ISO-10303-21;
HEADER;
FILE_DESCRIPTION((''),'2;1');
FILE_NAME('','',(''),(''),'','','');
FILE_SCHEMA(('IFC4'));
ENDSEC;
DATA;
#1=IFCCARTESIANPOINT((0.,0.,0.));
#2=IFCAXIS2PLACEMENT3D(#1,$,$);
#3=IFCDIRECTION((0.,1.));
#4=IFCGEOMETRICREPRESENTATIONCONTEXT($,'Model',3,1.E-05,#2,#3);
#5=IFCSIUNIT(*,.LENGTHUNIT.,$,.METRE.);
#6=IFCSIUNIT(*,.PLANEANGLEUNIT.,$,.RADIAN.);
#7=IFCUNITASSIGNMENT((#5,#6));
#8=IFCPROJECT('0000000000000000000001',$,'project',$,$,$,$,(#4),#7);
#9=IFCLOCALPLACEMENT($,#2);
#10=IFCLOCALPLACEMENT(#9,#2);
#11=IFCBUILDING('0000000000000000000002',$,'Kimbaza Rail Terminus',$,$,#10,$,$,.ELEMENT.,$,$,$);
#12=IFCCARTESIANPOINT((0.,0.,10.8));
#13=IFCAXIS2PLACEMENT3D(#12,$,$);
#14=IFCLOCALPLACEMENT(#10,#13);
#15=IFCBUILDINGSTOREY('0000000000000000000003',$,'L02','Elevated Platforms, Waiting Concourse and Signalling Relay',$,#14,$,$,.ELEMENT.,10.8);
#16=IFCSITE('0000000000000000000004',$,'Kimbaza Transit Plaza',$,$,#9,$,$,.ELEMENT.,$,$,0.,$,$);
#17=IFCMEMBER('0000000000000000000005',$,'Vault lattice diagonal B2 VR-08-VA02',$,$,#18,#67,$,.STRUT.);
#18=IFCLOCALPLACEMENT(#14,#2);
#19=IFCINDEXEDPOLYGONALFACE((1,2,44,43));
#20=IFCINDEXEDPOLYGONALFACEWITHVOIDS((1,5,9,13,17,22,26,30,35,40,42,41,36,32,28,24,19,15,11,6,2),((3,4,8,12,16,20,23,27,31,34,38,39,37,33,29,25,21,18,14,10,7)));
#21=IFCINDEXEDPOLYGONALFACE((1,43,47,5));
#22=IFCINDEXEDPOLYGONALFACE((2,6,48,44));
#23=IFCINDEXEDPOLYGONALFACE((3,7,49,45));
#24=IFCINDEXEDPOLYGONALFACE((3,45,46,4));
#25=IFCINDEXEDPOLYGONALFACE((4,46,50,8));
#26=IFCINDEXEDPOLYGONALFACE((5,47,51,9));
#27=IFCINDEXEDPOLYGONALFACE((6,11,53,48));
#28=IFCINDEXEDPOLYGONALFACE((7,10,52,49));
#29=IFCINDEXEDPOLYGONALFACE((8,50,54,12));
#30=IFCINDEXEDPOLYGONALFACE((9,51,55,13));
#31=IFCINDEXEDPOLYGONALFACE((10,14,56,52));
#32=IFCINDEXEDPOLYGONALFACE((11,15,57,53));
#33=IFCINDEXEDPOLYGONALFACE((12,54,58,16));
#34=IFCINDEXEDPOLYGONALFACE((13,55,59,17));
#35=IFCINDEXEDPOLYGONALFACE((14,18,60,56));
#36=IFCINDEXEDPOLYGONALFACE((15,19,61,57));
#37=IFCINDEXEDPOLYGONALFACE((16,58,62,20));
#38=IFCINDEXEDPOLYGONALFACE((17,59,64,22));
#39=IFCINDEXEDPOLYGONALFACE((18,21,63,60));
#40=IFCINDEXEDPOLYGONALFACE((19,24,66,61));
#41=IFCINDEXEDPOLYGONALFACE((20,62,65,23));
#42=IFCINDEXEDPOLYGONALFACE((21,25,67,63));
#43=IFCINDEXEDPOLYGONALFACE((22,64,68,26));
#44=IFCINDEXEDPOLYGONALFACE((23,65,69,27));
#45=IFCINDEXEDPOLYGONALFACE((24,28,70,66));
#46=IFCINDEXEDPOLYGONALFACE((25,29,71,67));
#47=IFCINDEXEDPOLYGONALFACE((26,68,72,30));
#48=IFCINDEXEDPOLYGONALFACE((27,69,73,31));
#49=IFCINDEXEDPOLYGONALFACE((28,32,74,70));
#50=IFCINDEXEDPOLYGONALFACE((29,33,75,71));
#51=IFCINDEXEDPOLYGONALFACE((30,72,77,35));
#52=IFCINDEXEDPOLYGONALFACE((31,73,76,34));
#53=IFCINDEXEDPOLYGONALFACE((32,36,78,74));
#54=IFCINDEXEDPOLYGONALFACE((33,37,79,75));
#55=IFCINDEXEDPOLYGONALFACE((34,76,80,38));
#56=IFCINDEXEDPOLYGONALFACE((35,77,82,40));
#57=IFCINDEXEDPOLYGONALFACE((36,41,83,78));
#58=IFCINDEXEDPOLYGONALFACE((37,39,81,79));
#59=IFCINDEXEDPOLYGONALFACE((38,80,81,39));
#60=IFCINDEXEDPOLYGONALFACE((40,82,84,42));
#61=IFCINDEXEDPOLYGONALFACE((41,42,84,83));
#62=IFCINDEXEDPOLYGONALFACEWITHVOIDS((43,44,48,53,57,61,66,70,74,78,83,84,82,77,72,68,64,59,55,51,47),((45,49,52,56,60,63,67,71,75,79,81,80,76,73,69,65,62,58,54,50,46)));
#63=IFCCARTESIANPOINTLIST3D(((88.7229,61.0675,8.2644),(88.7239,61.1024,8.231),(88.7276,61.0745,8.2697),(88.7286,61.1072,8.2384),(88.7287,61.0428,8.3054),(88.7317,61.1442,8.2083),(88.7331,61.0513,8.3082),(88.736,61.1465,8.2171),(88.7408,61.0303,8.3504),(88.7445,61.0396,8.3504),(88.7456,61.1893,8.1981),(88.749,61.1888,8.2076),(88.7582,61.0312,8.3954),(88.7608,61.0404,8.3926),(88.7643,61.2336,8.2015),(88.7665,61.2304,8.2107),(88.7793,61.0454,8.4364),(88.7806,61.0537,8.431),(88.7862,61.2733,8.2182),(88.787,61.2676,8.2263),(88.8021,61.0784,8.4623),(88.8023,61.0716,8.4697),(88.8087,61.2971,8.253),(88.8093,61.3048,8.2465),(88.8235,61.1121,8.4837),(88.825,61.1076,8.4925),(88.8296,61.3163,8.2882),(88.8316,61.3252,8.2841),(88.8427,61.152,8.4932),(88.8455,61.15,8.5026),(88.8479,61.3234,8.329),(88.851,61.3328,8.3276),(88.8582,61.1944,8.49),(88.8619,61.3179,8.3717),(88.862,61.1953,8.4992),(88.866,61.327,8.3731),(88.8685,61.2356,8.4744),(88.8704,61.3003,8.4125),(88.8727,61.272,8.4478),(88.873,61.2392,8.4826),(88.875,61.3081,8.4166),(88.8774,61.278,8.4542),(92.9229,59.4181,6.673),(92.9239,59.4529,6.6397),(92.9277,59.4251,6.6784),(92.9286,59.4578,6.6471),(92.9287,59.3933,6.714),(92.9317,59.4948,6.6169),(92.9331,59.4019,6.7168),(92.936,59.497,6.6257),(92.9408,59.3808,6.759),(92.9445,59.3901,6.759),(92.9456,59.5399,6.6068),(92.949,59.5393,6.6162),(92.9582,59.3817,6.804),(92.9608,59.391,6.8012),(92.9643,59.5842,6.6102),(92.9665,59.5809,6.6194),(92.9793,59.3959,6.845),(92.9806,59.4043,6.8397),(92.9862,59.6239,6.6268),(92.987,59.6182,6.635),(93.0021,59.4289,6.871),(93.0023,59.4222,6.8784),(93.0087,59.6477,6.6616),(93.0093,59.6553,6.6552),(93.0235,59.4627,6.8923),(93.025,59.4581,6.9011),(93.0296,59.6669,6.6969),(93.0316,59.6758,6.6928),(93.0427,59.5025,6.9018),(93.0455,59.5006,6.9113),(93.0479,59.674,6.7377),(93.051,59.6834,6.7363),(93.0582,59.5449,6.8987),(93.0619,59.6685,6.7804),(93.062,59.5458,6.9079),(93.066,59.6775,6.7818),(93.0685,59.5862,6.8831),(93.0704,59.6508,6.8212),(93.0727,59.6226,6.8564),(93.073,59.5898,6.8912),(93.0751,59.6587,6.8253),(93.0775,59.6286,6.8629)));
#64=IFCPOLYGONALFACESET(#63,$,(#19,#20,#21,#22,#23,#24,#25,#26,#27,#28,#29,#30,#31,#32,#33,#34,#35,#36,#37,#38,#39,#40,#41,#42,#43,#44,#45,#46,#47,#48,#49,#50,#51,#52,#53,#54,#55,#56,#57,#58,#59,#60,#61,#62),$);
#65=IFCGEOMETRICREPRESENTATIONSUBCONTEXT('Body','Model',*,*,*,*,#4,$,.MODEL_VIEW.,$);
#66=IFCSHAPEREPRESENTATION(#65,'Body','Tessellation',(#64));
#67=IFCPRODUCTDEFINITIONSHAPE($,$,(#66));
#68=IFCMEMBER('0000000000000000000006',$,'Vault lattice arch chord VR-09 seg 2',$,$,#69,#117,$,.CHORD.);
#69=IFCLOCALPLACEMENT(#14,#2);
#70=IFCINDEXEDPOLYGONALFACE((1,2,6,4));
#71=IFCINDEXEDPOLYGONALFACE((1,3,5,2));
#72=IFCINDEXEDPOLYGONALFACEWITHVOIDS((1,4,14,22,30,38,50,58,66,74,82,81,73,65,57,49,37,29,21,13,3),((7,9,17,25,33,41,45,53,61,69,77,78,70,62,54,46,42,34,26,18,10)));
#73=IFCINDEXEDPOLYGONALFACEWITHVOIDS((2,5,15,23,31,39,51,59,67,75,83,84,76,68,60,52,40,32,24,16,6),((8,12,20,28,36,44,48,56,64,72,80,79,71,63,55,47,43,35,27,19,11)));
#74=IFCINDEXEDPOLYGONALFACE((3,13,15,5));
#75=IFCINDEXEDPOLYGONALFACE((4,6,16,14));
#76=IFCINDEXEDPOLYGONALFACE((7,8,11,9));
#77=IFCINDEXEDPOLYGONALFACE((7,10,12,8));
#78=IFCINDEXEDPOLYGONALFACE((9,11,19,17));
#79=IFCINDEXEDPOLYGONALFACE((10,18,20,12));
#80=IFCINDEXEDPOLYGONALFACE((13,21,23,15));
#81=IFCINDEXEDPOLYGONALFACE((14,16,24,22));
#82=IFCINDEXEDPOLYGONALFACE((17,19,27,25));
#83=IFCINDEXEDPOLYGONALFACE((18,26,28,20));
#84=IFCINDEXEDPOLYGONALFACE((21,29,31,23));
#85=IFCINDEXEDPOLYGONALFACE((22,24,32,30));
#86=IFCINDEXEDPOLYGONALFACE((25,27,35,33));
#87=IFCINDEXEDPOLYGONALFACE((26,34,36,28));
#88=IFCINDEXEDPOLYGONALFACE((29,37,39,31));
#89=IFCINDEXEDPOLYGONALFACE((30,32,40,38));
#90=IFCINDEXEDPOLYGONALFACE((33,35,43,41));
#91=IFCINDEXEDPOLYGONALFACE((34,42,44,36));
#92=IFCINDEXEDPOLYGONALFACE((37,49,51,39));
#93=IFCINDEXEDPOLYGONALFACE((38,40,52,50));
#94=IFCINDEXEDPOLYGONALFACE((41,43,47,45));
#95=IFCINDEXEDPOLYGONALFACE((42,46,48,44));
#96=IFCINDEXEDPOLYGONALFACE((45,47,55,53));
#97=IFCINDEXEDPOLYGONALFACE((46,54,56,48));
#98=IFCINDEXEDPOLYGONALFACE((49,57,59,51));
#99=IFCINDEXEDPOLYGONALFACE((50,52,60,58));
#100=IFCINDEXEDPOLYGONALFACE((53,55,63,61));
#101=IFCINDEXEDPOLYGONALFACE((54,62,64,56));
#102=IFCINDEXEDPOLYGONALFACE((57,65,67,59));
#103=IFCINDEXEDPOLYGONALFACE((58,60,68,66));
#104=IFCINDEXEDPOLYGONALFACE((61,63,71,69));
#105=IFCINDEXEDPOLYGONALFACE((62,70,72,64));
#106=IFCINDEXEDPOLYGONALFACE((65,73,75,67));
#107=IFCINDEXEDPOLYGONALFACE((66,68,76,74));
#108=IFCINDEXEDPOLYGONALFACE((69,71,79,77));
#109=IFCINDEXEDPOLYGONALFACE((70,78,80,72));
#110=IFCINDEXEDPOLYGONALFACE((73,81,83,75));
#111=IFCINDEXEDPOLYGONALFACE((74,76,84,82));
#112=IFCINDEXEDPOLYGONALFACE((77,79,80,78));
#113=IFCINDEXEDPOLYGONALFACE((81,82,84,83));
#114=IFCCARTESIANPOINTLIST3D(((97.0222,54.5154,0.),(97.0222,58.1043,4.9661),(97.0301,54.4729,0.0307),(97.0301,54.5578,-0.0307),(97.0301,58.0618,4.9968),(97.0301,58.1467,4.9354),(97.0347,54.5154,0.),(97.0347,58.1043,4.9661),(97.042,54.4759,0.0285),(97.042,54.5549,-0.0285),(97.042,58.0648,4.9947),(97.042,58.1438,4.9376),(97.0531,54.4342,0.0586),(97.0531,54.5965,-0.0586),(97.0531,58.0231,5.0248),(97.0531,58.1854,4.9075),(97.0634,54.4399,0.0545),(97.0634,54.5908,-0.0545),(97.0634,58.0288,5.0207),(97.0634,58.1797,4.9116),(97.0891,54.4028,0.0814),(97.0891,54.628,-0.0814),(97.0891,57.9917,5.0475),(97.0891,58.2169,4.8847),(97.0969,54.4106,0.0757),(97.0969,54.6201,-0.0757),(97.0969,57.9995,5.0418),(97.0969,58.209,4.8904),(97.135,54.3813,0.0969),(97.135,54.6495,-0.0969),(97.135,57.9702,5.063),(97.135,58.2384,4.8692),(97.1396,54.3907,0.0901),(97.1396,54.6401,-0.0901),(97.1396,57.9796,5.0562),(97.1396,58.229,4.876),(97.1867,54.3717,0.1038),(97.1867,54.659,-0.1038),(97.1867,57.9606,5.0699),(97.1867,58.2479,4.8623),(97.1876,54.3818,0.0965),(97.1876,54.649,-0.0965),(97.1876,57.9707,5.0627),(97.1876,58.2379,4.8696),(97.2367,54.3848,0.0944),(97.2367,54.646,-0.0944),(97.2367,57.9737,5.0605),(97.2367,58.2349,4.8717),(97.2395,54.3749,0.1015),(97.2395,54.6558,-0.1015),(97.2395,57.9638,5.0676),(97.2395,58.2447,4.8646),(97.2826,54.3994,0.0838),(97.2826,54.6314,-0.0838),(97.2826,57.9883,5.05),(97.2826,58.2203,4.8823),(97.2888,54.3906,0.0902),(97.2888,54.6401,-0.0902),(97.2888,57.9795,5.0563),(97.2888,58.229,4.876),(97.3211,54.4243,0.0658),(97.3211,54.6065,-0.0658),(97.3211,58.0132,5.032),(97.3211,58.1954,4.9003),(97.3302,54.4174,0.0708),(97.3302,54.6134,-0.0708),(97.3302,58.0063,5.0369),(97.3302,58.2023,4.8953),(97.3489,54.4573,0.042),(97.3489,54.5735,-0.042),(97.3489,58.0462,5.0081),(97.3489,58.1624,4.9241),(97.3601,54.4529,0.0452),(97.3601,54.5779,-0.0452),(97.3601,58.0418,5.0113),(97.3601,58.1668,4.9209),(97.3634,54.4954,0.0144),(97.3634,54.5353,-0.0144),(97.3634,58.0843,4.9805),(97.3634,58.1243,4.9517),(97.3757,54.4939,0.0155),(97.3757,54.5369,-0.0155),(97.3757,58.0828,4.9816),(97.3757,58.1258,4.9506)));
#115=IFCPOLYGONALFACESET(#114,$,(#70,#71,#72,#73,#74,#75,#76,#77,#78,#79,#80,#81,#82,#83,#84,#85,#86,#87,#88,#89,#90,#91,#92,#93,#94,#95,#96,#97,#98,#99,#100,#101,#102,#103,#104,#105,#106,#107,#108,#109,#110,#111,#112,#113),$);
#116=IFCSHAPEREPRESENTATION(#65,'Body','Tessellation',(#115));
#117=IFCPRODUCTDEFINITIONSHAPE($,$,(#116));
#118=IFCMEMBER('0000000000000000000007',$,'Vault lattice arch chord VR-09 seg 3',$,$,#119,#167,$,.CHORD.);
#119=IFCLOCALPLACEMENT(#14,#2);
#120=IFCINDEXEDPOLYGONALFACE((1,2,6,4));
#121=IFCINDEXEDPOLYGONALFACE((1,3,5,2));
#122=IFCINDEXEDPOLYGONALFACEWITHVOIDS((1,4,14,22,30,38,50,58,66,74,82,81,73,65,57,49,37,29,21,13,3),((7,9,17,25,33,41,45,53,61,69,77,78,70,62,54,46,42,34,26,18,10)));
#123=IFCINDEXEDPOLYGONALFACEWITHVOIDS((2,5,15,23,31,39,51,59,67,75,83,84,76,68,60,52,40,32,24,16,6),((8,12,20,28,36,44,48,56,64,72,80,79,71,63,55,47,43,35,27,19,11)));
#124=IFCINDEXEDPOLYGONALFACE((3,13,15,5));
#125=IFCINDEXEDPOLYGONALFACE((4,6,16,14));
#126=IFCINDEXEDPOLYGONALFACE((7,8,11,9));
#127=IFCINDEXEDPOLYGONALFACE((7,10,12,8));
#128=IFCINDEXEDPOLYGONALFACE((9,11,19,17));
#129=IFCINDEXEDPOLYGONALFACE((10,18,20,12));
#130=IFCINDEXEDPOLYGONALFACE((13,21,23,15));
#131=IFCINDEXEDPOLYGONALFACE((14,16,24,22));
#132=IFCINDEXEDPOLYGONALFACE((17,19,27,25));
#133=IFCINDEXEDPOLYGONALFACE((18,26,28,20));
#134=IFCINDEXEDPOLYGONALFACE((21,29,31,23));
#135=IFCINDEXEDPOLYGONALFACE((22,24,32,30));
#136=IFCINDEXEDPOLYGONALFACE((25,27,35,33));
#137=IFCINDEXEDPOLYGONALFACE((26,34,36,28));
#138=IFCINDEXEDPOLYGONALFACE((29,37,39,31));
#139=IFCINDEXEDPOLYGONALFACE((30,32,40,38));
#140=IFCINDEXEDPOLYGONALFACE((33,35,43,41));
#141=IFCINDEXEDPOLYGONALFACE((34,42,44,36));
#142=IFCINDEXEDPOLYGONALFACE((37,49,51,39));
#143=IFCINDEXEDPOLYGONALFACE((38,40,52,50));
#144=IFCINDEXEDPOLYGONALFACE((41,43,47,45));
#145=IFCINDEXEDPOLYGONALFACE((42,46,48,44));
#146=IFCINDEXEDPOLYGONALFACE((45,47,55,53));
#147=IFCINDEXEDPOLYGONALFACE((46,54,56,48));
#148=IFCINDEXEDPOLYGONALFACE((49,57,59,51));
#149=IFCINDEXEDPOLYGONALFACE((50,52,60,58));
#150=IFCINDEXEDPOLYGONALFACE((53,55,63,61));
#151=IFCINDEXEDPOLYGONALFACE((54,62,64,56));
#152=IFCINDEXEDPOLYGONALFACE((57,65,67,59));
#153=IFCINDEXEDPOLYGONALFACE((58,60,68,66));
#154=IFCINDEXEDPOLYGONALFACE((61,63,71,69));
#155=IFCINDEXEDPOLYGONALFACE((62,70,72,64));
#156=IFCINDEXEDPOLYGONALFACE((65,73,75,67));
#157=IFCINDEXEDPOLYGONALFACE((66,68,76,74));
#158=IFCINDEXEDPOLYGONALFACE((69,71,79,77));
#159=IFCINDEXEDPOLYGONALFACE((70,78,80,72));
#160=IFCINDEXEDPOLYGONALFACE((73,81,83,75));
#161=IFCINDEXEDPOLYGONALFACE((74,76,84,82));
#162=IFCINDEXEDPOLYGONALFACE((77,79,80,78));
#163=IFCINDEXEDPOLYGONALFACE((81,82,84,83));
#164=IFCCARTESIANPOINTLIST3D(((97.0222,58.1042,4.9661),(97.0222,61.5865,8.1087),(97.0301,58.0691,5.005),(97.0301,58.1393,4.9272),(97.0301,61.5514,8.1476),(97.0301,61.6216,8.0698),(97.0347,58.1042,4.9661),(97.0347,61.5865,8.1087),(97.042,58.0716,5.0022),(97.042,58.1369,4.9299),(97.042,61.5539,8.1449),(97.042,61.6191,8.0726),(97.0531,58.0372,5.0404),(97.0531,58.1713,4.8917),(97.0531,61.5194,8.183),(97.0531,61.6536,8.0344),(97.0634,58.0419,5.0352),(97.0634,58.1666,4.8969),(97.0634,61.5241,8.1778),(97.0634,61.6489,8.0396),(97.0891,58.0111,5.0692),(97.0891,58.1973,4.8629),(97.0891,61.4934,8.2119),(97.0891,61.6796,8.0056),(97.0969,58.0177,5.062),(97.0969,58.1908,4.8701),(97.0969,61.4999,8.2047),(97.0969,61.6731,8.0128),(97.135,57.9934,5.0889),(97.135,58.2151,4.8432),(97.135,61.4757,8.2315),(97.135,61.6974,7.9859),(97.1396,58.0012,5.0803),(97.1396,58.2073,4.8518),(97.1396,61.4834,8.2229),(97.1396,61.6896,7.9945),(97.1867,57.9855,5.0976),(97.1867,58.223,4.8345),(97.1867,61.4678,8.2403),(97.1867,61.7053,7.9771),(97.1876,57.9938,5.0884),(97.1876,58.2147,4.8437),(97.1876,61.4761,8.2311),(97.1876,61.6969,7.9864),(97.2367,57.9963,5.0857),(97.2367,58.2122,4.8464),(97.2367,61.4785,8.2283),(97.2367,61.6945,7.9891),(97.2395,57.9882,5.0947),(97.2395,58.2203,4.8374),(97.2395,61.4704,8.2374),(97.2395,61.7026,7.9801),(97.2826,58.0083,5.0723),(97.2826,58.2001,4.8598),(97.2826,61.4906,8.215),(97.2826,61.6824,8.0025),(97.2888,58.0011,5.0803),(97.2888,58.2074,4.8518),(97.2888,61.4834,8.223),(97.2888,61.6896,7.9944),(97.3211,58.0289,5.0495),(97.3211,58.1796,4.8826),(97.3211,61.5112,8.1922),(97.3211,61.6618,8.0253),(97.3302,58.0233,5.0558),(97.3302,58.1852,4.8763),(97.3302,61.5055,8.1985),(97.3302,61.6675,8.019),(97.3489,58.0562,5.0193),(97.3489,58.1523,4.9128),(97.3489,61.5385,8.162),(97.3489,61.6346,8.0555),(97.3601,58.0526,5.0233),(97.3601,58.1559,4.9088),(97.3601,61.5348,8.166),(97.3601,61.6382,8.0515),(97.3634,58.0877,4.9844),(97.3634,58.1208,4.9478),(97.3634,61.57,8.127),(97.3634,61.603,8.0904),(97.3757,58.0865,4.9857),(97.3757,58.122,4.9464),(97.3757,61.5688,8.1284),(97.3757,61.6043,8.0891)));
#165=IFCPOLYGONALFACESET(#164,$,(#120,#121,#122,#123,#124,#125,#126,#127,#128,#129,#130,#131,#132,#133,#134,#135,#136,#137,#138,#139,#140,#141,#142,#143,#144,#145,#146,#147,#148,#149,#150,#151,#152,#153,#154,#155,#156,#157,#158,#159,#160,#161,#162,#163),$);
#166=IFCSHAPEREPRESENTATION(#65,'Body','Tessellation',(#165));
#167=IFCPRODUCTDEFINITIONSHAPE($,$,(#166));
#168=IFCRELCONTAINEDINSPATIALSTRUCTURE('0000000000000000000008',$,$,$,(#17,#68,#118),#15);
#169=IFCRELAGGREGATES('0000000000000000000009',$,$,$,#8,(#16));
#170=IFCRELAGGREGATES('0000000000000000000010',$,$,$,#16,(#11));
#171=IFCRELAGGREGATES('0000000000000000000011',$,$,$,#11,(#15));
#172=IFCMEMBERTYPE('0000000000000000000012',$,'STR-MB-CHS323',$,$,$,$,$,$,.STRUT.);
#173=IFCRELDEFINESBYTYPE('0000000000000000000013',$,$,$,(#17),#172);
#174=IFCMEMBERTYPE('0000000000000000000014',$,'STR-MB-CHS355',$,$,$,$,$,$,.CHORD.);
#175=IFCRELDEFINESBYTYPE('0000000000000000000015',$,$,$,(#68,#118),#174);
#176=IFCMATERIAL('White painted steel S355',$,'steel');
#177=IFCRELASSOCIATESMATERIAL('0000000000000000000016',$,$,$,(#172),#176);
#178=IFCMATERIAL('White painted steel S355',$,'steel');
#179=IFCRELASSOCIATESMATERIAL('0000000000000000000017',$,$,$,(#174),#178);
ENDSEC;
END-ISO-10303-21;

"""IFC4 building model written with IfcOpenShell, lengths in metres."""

from ifc_helpers import new_model, si_unit, direction, frame, origin, origin_2d, place, context, subcontext, project, spatial, hollow_circle, extrude, material, material_profile, profile_set, type_object, element, save


model = new_model("IFC4")

# Units and contexts
model_context = context("Model", 3, precision=1e-05, world=origin(), true_north=direction((0.0, 1.0)))
body_context = subcontext(model_context, "Body", "Model", "MODEL_VIEW")
ifc_project = project(units=[si_unit("LENGTHUNIT", "METRE"), si_unit("PLANEANGLEUNIT", "RADIAN")], contexts=[model_context])

# Site, building, storey
site_placement = place(None, origin())
site = spatial("IfcSite", under=ifc_project, at=site_placement, Name="Kimbaza Transit Plaza", CompositionType="ELEMENT", RefElevation=0.0)
building_placement = place(site_placement, origin())
building = spatial("IfcBuilding", under=site, at=building_placement, Name="Kimbaza Rail Terminus", CompositionType="ELEMENT")
storey_placement = place(building_placement, frame((0.0, 0.0, 10.8)))
storey = spatial("IfcBuildingStorey", under=building, at=storey_placement, Name="L02", Description="Elevated Platforms, Waiting Concourse and Signalling Relay", CompositionType="ELEMENT", Elevation=10.8)

# Members
ifc_material_1 = material(Name="White painted steel S355", Category="steel")
ifc_material_profile_1 = material_profile(ifc_material_1, hollow_circle(Radius=0.1619, WallThickness=0.01, at=origin_2d()), Name="CHS 323.9x10")
ifc_profile_set_1 = profile_set([ifc_material_profile_1], Name="White painted steel S355")
member_type_1 = type_object("IfcMemberType", Name="STR-MB-CHS323", PredefinedType="STRUT", material=ifc_profile_set_1)
for number, where, z_axis, x_axis, name in (
    (1, (93.0, 59.5315, 6.759), (-0.877806, 0.344734, 0.33259), (-0.365544, -0.930794, 0.0), "Vault lattice diagonal B2 VR-08-VA02"),
):
    element("IfcMember", number, at=place(storey_placement, frame(where, z_axis=z_axis, x_axis=x_axis)), inside=storey, type_object=member_type_1, Name=name, PredefinedType="STRUT", context=body_context, shape_type="SweptSolid", body=[
        extrude(hollow_circle(Radius=0.1619, WallThickness=0.01, at=origin_2d()), origin(), (0.0, 0.0, 1.0), 4.7847),
    ])
ifc_material_2 = material(Name="White painted steel S355", Category="steel")
ifc_material_profile_2 = material_profile(ifc_material_2, hollow_circle(Radius=0.1777, WallThickness=0.0125, at=origin_2d()), Name="CHS 355.6x12.5")
ifc_profile_set_2 = profile_set([ifc_material_profile_2], Name="White painted steel S355")
member_type_2 = type_object("IfcMemberType", Name="STR-MB-CHS355", PredefinedType="CHORD", material=ifc_profile_set_2)
member_1_placement = place(storey_placement, frame((97.2, 54.5154, 0.0), z_axis=(0.0, 0.585733, 0.810504), x_axis=(-1.0, 0.0, 0.0)))
element("IfcMember", 2, at=member_1_placement, inside=storey, type_object=member_type_2, Name="Vault lattice arch chord VR-09 seg 2", PredefinedType="CHORD", context=body_context, shape_type="SweptSolid", body=[
    extrude(hollow_circle(Radius=0.1777, WallThickness=0.0125, at=origin_2d()), origin(), (0.0, 0.0, 1.0), 6.1272),
])
member_2_placement = place(storey_placement, frame((97.2, 58.1042, 4.9661), z_axis=(0.0, 0.74238, 0.669979), x_axis=(-1.0, 0.0, 0.0)))
element("IfcMember", 3, at=member_2_placement, inside=storey, type_object=member_type_2, Name="Vault lattice arch chord VR-09 seg 3", PredefinedType="CHORD", context=body_context, shape_type="SweptSolid", body=[
    extrude(hollow_circle(Radius=0.1777, WallThickness=0.0125, at=origin_2d()), origin(), (0.0, 0.0, 1.0), 4.6907),
])

save(model, "model.ifc")
